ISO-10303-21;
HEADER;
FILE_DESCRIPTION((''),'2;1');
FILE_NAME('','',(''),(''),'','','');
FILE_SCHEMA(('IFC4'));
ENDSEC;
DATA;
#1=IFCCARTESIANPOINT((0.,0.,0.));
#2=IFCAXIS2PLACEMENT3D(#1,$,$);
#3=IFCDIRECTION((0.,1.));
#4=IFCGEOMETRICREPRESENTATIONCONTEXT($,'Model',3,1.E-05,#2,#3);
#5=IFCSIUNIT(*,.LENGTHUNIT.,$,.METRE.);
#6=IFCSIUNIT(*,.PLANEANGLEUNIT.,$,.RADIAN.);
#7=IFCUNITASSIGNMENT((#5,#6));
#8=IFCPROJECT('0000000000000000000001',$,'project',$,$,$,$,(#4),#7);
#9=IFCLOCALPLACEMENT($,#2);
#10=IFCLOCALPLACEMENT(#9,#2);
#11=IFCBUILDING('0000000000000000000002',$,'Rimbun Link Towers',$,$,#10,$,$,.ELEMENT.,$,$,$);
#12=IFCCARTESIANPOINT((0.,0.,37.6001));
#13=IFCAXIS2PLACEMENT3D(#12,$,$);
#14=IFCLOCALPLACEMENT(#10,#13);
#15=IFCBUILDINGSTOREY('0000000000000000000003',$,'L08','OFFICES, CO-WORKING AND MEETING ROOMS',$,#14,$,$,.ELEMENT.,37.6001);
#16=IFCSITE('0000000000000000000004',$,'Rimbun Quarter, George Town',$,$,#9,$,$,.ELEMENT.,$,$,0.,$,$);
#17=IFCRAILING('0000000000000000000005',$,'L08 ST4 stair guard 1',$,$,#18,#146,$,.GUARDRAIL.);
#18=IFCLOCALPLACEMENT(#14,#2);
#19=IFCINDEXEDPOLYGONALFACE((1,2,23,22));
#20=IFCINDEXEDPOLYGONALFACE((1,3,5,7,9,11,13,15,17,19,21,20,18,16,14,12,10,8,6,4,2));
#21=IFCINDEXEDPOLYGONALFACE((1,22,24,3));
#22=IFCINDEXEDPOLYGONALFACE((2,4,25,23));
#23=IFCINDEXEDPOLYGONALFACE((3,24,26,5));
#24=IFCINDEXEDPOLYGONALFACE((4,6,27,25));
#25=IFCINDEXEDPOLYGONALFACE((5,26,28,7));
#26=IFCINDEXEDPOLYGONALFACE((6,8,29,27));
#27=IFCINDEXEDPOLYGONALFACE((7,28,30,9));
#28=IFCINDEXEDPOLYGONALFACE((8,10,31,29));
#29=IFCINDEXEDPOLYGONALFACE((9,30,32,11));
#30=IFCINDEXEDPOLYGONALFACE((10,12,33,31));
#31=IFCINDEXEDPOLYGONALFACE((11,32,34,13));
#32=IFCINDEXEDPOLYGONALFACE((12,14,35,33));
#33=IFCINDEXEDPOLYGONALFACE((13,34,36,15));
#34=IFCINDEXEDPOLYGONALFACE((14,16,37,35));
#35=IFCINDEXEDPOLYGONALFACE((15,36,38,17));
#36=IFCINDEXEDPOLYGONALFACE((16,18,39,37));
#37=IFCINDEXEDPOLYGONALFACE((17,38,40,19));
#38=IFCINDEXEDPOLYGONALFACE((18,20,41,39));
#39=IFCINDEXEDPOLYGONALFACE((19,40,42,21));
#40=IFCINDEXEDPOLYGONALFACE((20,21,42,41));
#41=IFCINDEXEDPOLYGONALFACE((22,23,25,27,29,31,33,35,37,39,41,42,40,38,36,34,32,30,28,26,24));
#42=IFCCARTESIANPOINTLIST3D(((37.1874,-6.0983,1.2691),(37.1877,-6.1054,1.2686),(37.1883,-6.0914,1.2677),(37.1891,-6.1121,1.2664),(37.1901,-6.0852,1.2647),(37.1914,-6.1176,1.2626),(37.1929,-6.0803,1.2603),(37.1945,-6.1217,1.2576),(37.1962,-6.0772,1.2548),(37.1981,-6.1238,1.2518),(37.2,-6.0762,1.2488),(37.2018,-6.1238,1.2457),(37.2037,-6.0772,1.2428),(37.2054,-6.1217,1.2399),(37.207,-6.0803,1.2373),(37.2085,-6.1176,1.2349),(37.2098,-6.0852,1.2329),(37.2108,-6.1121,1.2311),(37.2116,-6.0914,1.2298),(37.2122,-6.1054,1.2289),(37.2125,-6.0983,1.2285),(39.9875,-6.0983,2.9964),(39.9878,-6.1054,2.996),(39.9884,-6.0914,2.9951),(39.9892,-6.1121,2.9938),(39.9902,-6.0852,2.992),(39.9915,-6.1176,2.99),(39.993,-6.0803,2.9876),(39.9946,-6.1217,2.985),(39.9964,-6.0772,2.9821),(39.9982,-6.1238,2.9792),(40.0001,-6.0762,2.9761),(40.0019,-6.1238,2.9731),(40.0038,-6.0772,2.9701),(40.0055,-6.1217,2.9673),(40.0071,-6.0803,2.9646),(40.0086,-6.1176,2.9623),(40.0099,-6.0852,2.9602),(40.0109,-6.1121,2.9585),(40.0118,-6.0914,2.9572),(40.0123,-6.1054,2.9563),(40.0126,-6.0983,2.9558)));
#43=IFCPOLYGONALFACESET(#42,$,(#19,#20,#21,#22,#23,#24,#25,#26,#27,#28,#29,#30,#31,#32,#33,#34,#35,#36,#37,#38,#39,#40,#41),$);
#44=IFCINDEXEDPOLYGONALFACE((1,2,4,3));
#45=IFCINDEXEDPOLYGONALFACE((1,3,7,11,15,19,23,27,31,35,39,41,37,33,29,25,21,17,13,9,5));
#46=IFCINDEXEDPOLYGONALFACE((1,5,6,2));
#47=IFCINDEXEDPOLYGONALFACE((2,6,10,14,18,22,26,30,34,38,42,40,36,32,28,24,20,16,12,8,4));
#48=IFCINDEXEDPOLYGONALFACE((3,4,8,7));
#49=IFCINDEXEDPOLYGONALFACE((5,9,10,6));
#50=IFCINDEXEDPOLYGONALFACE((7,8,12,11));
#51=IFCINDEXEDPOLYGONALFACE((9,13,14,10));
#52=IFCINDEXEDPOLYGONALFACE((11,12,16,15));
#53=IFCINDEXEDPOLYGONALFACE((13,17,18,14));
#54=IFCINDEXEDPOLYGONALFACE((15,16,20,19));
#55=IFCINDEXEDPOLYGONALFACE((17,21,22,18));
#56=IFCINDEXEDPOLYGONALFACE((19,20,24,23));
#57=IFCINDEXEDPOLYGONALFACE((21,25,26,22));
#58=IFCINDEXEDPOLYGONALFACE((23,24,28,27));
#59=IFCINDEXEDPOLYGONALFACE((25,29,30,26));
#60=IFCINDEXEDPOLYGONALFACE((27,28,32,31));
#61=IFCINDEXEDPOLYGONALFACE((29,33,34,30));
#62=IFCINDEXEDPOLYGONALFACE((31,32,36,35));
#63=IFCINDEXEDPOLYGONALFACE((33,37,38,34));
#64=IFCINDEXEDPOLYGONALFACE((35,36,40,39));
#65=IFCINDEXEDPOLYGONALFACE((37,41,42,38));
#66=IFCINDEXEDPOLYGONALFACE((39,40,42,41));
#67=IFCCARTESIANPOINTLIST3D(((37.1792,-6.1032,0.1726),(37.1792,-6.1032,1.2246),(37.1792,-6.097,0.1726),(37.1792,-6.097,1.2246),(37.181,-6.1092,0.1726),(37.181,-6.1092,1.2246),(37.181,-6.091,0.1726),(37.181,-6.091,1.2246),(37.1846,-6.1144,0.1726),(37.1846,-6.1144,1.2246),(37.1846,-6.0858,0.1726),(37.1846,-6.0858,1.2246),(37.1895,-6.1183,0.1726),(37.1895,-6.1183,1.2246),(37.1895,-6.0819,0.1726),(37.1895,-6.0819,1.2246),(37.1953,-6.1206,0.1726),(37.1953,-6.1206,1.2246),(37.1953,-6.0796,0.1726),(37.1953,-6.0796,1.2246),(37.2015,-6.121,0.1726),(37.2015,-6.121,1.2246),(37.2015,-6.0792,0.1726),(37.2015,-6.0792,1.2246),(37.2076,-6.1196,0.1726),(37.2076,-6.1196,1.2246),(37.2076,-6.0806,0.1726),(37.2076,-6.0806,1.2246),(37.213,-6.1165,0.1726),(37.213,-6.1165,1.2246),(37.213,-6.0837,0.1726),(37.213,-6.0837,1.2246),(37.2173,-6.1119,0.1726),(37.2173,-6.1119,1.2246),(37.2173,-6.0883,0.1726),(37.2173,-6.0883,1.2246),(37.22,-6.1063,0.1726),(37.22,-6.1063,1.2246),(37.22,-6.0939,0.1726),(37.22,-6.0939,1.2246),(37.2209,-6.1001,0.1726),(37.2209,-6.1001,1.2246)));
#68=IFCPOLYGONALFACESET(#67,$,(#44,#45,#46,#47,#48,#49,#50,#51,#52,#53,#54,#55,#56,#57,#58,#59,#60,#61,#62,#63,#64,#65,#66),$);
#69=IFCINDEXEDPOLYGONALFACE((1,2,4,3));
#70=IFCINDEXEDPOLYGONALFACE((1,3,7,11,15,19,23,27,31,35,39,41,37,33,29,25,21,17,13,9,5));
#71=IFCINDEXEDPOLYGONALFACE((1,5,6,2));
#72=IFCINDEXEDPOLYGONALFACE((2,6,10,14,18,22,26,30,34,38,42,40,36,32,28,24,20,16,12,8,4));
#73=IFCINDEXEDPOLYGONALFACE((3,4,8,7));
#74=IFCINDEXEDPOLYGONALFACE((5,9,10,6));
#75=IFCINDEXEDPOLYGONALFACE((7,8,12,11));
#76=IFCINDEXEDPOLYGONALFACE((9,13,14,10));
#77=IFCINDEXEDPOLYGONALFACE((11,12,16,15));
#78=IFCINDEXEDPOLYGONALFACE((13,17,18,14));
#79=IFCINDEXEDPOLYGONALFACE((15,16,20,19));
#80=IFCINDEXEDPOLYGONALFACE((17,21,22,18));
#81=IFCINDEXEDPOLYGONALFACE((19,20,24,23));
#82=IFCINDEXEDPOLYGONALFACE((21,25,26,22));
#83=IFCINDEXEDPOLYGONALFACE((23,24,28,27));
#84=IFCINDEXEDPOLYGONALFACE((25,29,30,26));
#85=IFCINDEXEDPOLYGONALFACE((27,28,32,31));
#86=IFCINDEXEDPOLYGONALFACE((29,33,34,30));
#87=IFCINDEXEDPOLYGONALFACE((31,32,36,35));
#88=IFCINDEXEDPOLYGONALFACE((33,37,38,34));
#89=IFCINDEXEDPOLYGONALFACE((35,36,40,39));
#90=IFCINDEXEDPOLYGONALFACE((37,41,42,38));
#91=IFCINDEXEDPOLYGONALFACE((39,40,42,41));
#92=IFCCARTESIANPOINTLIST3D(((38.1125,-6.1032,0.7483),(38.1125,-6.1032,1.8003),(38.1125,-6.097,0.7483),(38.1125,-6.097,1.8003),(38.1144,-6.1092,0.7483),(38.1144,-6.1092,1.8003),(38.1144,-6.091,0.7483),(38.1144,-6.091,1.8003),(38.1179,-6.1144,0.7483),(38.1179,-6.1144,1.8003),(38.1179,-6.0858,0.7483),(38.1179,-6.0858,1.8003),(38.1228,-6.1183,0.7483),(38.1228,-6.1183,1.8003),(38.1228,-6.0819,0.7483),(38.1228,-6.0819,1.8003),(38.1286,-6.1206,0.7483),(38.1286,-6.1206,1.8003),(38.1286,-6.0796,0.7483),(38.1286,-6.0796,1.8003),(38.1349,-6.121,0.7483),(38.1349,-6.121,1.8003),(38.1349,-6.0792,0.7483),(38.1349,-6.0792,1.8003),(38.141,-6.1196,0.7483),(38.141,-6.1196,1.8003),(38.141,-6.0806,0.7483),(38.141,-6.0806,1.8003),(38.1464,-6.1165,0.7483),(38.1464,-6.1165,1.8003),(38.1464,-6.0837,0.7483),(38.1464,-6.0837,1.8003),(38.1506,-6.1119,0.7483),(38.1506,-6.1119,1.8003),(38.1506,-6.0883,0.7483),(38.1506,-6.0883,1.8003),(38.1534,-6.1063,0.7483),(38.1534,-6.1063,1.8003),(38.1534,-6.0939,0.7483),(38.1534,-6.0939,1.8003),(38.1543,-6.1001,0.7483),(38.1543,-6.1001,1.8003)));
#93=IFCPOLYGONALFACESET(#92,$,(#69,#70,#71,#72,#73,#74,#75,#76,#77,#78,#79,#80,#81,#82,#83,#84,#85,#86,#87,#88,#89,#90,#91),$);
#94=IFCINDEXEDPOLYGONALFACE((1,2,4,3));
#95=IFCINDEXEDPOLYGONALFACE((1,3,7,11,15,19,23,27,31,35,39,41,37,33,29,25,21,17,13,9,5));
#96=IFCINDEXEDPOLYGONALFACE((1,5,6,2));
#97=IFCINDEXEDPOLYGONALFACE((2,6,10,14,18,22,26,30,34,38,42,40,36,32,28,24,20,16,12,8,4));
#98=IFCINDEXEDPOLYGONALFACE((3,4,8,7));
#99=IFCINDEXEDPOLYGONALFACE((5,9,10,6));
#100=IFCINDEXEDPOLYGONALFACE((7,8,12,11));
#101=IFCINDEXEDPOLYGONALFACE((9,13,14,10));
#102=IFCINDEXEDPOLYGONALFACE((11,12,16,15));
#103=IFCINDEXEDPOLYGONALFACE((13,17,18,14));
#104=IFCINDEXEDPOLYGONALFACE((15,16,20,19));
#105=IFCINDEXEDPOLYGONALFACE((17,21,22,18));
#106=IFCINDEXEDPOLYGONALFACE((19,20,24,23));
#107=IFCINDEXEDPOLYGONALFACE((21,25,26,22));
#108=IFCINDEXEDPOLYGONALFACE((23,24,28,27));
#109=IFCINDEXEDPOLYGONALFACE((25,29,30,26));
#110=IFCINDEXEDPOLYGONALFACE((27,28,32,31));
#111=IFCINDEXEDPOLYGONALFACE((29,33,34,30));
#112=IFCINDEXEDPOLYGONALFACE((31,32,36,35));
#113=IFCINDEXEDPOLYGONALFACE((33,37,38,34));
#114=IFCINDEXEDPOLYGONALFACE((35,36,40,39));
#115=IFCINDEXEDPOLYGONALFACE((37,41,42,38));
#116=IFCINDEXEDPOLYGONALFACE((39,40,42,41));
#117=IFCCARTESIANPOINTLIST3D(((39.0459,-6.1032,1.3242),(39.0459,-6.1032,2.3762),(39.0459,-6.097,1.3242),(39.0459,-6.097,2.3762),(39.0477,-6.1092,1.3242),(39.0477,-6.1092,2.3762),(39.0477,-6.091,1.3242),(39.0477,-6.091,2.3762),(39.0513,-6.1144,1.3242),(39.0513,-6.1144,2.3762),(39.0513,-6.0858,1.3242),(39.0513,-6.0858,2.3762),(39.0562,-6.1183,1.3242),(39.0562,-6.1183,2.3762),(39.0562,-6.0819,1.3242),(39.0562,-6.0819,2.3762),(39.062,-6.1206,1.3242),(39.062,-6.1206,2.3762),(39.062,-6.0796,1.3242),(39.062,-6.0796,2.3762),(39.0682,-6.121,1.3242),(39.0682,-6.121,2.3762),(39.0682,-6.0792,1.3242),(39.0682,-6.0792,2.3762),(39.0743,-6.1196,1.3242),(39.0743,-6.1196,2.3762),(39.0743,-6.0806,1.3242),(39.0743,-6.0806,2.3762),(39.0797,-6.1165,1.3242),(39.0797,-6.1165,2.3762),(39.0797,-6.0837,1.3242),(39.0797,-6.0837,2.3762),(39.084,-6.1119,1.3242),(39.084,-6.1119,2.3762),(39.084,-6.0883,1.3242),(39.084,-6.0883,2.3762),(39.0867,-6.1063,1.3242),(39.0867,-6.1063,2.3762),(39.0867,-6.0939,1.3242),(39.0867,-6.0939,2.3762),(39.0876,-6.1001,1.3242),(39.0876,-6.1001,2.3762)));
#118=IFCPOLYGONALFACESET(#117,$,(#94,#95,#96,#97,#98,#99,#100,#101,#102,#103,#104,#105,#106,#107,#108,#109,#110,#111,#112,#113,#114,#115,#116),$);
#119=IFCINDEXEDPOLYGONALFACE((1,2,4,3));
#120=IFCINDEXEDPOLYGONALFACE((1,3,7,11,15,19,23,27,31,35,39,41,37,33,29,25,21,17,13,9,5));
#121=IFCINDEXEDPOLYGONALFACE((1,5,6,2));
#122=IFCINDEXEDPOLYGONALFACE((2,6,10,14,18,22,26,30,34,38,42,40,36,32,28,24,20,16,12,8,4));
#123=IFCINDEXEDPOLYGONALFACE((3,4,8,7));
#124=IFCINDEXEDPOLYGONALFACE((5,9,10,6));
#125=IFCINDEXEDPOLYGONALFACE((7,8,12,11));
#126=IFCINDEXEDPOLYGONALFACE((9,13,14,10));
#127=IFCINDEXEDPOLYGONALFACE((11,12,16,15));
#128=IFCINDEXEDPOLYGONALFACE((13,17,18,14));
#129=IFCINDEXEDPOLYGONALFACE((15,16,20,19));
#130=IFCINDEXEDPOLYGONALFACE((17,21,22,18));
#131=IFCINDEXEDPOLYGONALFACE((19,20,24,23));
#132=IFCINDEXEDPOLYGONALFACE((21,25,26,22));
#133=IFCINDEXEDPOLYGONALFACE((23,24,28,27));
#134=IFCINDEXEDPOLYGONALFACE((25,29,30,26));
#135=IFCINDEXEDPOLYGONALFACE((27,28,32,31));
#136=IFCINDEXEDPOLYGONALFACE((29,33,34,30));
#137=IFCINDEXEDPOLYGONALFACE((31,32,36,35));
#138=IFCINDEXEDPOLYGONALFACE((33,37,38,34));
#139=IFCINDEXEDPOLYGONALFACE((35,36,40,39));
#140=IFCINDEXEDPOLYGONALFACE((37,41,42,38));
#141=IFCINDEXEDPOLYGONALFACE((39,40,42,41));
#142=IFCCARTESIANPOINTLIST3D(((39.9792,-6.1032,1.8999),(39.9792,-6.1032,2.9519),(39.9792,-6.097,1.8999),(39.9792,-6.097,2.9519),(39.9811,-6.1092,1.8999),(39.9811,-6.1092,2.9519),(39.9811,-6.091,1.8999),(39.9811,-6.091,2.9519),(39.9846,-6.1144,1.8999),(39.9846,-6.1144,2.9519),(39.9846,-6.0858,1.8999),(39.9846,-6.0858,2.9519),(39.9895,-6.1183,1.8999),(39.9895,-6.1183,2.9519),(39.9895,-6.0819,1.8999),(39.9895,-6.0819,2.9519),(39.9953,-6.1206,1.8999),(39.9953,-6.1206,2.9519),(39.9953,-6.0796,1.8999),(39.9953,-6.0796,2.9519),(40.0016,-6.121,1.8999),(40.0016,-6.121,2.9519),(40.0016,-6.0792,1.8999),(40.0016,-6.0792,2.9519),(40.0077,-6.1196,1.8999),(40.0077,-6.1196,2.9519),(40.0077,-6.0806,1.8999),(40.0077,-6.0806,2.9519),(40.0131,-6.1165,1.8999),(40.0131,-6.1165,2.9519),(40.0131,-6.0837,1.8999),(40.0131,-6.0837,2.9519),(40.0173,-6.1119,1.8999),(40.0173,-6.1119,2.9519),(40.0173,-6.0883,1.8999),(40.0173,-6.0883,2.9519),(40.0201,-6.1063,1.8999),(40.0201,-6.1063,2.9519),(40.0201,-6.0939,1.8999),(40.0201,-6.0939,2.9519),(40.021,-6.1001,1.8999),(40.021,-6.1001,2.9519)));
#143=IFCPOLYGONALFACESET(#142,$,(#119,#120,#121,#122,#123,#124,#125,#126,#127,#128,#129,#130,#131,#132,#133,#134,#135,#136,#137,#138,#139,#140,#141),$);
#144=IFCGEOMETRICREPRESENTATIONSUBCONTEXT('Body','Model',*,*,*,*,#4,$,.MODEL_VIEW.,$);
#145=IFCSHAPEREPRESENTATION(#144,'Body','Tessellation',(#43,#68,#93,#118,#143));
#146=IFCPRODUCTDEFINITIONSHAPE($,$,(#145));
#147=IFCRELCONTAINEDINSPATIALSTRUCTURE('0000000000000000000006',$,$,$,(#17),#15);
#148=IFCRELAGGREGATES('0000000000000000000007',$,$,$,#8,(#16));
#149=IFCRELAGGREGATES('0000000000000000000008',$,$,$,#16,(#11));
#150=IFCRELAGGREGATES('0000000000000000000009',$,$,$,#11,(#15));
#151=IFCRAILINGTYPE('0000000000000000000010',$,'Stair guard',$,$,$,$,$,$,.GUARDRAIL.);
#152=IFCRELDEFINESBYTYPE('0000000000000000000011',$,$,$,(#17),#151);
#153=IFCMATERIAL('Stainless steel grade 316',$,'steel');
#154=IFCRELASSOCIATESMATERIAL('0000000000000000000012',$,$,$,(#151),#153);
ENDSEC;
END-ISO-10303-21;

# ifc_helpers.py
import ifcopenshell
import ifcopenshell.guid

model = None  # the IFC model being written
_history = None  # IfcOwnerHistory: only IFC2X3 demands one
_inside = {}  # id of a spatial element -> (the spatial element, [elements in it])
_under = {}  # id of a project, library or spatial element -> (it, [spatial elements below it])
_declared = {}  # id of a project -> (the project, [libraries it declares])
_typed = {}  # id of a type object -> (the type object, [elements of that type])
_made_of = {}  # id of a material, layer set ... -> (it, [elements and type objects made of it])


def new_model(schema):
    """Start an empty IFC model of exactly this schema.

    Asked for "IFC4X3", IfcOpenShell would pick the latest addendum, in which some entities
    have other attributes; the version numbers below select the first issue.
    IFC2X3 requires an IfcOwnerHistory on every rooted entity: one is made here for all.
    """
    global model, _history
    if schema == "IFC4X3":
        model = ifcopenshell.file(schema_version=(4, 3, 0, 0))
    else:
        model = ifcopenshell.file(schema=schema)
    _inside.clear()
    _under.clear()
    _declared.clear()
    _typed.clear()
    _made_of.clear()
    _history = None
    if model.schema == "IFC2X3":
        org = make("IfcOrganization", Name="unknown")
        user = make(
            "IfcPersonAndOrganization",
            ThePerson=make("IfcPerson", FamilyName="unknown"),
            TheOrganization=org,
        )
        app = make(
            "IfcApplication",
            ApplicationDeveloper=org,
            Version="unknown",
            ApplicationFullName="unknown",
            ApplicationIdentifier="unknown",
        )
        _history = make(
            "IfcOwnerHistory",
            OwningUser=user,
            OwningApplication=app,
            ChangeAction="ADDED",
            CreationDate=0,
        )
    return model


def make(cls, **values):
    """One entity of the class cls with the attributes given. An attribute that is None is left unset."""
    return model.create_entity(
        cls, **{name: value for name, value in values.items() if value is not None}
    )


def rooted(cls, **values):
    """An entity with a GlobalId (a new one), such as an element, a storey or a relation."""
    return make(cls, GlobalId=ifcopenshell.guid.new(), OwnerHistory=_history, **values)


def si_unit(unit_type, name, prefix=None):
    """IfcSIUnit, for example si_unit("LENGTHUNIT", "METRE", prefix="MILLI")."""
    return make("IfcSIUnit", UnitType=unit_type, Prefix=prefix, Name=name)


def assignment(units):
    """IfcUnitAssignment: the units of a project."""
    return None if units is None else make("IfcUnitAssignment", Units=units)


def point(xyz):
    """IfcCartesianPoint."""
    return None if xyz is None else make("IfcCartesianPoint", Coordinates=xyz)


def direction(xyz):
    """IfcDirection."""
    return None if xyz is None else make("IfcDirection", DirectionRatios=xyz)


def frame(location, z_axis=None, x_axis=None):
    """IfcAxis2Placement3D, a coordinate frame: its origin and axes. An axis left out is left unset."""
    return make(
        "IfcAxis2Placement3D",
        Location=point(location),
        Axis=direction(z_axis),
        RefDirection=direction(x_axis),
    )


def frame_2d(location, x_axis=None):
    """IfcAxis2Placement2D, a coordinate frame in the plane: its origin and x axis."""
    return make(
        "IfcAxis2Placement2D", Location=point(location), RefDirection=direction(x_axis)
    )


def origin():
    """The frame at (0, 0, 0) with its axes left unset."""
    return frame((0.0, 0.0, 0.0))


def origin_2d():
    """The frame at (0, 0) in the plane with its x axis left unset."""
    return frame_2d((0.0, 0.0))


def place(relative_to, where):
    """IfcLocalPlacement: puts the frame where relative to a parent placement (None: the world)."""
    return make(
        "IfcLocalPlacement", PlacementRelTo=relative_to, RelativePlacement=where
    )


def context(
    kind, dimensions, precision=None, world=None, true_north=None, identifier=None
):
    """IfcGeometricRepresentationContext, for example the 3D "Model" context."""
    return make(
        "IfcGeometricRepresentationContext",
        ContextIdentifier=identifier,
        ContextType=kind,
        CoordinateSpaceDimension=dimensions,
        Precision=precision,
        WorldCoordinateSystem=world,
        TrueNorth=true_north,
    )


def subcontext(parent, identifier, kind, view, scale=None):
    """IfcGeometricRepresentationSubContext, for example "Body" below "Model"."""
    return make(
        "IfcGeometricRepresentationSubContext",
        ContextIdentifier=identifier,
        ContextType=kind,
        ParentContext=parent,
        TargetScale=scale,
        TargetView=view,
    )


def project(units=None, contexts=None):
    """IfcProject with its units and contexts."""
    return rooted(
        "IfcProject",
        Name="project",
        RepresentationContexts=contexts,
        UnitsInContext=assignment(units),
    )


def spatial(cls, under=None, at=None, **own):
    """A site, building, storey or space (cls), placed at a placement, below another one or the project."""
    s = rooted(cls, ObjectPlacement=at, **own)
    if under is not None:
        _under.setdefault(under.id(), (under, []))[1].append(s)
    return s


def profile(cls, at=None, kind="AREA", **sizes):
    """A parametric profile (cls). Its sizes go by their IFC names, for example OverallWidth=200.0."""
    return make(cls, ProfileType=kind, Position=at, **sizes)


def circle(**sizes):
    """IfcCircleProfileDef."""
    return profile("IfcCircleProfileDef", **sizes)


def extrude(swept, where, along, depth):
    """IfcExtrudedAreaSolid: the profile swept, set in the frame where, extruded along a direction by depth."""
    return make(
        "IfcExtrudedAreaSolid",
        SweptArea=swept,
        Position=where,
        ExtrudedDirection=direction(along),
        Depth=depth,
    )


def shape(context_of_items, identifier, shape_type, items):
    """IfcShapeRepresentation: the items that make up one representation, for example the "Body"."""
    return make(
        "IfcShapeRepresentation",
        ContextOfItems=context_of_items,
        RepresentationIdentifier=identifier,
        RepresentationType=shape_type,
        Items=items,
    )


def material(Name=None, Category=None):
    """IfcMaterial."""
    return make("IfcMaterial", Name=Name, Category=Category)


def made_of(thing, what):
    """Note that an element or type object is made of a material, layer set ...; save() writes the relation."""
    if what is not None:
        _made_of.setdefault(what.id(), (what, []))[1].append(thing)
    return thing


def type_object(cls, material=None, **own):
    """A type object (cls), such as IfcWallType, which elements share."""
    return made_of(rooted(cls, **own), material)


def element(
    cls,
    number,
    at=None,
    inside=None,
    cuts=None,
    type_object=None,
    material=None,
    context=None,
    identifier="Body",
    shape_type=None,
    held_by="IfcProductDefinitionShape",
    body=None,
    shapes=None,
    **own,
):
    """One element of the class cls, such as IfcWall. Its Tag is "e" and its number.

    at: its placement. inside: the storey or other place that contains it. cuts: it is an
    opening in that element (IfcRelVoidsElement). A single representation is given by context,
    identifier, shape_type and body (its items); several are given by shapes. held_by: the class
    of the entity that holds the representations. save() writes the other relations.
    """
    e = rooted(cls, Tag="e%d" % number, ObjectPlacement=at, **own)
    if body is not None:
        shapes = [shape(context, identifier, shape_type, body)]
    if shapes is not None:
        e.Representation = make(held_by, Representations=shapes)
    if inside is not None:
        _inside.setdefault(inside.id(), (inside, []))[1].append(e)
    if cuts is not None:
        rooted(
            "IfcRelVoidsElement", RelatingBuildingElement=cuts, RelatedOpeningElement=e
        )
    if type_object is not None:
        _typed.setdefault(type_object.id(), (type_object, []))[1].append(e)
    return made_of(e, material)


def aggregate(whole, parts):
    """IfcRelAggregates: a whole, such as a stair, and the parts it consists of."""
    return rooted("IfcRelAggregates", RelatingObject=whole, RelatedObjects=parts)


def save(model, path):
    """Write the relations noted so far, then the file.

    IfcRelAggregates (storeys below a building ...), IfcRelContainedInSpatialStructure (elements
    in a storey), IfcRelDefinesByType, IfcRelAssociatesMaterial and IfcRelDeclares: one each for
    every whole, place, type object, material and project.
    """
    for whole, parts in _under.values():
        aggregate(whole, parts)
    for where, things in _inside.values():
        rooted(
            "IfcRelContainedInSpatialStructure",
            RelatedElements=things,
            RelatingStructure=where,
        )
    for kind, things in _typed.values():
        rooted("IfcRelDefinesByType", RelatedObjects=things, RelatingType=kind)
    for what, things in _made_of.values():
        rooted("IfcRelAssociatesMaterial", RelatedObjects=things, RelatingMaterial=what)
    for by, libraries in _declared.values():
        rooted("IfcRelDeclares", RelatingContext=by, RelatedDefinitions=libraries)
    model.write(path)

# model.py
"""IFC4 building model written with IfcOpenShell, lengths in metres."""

from ifc_helpers import new_model, si_unit, direction, frame, origin, origin_2d, place, context, subcontext, project, spatial, circle, extrude, material, type_object, element, save


model = new_model("IFC4")

# Units and contexts
model_context = context("Model", 3, precision=1e-05, world=origin(), true_north=direction((0.0, 1.0)))
body_context = subcontext(model_context, "Body", "Model", "MODEL_VIEW")
ifc_project = project(units=[si_unit("LENGTHUNIT", "METRE"), si_unit("PLANEANGLEUNIT", "RADIAN")], contexts=[model_context])

# Site, building, storey
site_placement = place(None, origin())
site = spatial("IfcSite", under=ifc_project, at=site_placement, Name="Rimbun Quarter, George Town", CompositionType="ELEMENT", RefElevation=0.0)
building_placement = place(site_placement, origin())
building = spatial("IfcBuilding", under=site, at=building_placement, Name="Rimbun Link Towers", CompositionType="ELEMENT")
storey_placement = place(building_placement, frame((0.0, 0.0, 37.6001)))
storey = spatial("IfcBuildingStorey", under=building, at=storey_placement, Name="L08", Description="OFFICES, CO-WORKING AND MEETING ROOMS", CompositionType="ELEMENT", Elevation=37.6001)

# Railing
ifc_material_1 = material(Name="Stainless steel grade 316", Category="steel")
railing_type_1 = type_object("IfcRailingType", Name="Stair guard", PredefinedType="GUARDRAIL", material=ifc_material_1)
railing_1_placement = place(storey_placement, frame((37.2, -6.1001, 0.1726)))
element("IfcRailing", 1, at=railing_1_placement, inside=storey, type_object=railing_type_1, Name="L08 ST4 stair guard 1", PredefinedType="GUARDRAIL", context=body_context, shape_type="SweptSolid", body=[
    extrude(circle(Radius=0.0239, at=origin_2d()), frame((0.0, 0.0, 1.0762), z_axis=(0.85109, 0.0, 0.52502), x_axis=(0.0, 1.0, 0.0)), (0.0, 0.0, 1.0), 3.29),
    extrude(circle(Radius=0.021, at=origin_2d()), origin(), (0.0, 0.0, 1.0), 1.052),
    extrude(circle(Radius=0.021, at=origin_2d()), frame((0.9333, 0.0, 0.5757)), (0.0, 0.0, 1.0), 1.052),
    extrude(circle(Radius=0.021, at=origin_2d()), frame((1.8667, 0.0, 1.1516)), (0.0, 0.0, 1.0), 1.052),
    extrude(circle(Radius=0.021, at=origin_2d()), frame((2.8, 0.0, 1.7273)), (0.0, 0.0, 1.0), 1.052),
])

save(model, "model.ifc")
